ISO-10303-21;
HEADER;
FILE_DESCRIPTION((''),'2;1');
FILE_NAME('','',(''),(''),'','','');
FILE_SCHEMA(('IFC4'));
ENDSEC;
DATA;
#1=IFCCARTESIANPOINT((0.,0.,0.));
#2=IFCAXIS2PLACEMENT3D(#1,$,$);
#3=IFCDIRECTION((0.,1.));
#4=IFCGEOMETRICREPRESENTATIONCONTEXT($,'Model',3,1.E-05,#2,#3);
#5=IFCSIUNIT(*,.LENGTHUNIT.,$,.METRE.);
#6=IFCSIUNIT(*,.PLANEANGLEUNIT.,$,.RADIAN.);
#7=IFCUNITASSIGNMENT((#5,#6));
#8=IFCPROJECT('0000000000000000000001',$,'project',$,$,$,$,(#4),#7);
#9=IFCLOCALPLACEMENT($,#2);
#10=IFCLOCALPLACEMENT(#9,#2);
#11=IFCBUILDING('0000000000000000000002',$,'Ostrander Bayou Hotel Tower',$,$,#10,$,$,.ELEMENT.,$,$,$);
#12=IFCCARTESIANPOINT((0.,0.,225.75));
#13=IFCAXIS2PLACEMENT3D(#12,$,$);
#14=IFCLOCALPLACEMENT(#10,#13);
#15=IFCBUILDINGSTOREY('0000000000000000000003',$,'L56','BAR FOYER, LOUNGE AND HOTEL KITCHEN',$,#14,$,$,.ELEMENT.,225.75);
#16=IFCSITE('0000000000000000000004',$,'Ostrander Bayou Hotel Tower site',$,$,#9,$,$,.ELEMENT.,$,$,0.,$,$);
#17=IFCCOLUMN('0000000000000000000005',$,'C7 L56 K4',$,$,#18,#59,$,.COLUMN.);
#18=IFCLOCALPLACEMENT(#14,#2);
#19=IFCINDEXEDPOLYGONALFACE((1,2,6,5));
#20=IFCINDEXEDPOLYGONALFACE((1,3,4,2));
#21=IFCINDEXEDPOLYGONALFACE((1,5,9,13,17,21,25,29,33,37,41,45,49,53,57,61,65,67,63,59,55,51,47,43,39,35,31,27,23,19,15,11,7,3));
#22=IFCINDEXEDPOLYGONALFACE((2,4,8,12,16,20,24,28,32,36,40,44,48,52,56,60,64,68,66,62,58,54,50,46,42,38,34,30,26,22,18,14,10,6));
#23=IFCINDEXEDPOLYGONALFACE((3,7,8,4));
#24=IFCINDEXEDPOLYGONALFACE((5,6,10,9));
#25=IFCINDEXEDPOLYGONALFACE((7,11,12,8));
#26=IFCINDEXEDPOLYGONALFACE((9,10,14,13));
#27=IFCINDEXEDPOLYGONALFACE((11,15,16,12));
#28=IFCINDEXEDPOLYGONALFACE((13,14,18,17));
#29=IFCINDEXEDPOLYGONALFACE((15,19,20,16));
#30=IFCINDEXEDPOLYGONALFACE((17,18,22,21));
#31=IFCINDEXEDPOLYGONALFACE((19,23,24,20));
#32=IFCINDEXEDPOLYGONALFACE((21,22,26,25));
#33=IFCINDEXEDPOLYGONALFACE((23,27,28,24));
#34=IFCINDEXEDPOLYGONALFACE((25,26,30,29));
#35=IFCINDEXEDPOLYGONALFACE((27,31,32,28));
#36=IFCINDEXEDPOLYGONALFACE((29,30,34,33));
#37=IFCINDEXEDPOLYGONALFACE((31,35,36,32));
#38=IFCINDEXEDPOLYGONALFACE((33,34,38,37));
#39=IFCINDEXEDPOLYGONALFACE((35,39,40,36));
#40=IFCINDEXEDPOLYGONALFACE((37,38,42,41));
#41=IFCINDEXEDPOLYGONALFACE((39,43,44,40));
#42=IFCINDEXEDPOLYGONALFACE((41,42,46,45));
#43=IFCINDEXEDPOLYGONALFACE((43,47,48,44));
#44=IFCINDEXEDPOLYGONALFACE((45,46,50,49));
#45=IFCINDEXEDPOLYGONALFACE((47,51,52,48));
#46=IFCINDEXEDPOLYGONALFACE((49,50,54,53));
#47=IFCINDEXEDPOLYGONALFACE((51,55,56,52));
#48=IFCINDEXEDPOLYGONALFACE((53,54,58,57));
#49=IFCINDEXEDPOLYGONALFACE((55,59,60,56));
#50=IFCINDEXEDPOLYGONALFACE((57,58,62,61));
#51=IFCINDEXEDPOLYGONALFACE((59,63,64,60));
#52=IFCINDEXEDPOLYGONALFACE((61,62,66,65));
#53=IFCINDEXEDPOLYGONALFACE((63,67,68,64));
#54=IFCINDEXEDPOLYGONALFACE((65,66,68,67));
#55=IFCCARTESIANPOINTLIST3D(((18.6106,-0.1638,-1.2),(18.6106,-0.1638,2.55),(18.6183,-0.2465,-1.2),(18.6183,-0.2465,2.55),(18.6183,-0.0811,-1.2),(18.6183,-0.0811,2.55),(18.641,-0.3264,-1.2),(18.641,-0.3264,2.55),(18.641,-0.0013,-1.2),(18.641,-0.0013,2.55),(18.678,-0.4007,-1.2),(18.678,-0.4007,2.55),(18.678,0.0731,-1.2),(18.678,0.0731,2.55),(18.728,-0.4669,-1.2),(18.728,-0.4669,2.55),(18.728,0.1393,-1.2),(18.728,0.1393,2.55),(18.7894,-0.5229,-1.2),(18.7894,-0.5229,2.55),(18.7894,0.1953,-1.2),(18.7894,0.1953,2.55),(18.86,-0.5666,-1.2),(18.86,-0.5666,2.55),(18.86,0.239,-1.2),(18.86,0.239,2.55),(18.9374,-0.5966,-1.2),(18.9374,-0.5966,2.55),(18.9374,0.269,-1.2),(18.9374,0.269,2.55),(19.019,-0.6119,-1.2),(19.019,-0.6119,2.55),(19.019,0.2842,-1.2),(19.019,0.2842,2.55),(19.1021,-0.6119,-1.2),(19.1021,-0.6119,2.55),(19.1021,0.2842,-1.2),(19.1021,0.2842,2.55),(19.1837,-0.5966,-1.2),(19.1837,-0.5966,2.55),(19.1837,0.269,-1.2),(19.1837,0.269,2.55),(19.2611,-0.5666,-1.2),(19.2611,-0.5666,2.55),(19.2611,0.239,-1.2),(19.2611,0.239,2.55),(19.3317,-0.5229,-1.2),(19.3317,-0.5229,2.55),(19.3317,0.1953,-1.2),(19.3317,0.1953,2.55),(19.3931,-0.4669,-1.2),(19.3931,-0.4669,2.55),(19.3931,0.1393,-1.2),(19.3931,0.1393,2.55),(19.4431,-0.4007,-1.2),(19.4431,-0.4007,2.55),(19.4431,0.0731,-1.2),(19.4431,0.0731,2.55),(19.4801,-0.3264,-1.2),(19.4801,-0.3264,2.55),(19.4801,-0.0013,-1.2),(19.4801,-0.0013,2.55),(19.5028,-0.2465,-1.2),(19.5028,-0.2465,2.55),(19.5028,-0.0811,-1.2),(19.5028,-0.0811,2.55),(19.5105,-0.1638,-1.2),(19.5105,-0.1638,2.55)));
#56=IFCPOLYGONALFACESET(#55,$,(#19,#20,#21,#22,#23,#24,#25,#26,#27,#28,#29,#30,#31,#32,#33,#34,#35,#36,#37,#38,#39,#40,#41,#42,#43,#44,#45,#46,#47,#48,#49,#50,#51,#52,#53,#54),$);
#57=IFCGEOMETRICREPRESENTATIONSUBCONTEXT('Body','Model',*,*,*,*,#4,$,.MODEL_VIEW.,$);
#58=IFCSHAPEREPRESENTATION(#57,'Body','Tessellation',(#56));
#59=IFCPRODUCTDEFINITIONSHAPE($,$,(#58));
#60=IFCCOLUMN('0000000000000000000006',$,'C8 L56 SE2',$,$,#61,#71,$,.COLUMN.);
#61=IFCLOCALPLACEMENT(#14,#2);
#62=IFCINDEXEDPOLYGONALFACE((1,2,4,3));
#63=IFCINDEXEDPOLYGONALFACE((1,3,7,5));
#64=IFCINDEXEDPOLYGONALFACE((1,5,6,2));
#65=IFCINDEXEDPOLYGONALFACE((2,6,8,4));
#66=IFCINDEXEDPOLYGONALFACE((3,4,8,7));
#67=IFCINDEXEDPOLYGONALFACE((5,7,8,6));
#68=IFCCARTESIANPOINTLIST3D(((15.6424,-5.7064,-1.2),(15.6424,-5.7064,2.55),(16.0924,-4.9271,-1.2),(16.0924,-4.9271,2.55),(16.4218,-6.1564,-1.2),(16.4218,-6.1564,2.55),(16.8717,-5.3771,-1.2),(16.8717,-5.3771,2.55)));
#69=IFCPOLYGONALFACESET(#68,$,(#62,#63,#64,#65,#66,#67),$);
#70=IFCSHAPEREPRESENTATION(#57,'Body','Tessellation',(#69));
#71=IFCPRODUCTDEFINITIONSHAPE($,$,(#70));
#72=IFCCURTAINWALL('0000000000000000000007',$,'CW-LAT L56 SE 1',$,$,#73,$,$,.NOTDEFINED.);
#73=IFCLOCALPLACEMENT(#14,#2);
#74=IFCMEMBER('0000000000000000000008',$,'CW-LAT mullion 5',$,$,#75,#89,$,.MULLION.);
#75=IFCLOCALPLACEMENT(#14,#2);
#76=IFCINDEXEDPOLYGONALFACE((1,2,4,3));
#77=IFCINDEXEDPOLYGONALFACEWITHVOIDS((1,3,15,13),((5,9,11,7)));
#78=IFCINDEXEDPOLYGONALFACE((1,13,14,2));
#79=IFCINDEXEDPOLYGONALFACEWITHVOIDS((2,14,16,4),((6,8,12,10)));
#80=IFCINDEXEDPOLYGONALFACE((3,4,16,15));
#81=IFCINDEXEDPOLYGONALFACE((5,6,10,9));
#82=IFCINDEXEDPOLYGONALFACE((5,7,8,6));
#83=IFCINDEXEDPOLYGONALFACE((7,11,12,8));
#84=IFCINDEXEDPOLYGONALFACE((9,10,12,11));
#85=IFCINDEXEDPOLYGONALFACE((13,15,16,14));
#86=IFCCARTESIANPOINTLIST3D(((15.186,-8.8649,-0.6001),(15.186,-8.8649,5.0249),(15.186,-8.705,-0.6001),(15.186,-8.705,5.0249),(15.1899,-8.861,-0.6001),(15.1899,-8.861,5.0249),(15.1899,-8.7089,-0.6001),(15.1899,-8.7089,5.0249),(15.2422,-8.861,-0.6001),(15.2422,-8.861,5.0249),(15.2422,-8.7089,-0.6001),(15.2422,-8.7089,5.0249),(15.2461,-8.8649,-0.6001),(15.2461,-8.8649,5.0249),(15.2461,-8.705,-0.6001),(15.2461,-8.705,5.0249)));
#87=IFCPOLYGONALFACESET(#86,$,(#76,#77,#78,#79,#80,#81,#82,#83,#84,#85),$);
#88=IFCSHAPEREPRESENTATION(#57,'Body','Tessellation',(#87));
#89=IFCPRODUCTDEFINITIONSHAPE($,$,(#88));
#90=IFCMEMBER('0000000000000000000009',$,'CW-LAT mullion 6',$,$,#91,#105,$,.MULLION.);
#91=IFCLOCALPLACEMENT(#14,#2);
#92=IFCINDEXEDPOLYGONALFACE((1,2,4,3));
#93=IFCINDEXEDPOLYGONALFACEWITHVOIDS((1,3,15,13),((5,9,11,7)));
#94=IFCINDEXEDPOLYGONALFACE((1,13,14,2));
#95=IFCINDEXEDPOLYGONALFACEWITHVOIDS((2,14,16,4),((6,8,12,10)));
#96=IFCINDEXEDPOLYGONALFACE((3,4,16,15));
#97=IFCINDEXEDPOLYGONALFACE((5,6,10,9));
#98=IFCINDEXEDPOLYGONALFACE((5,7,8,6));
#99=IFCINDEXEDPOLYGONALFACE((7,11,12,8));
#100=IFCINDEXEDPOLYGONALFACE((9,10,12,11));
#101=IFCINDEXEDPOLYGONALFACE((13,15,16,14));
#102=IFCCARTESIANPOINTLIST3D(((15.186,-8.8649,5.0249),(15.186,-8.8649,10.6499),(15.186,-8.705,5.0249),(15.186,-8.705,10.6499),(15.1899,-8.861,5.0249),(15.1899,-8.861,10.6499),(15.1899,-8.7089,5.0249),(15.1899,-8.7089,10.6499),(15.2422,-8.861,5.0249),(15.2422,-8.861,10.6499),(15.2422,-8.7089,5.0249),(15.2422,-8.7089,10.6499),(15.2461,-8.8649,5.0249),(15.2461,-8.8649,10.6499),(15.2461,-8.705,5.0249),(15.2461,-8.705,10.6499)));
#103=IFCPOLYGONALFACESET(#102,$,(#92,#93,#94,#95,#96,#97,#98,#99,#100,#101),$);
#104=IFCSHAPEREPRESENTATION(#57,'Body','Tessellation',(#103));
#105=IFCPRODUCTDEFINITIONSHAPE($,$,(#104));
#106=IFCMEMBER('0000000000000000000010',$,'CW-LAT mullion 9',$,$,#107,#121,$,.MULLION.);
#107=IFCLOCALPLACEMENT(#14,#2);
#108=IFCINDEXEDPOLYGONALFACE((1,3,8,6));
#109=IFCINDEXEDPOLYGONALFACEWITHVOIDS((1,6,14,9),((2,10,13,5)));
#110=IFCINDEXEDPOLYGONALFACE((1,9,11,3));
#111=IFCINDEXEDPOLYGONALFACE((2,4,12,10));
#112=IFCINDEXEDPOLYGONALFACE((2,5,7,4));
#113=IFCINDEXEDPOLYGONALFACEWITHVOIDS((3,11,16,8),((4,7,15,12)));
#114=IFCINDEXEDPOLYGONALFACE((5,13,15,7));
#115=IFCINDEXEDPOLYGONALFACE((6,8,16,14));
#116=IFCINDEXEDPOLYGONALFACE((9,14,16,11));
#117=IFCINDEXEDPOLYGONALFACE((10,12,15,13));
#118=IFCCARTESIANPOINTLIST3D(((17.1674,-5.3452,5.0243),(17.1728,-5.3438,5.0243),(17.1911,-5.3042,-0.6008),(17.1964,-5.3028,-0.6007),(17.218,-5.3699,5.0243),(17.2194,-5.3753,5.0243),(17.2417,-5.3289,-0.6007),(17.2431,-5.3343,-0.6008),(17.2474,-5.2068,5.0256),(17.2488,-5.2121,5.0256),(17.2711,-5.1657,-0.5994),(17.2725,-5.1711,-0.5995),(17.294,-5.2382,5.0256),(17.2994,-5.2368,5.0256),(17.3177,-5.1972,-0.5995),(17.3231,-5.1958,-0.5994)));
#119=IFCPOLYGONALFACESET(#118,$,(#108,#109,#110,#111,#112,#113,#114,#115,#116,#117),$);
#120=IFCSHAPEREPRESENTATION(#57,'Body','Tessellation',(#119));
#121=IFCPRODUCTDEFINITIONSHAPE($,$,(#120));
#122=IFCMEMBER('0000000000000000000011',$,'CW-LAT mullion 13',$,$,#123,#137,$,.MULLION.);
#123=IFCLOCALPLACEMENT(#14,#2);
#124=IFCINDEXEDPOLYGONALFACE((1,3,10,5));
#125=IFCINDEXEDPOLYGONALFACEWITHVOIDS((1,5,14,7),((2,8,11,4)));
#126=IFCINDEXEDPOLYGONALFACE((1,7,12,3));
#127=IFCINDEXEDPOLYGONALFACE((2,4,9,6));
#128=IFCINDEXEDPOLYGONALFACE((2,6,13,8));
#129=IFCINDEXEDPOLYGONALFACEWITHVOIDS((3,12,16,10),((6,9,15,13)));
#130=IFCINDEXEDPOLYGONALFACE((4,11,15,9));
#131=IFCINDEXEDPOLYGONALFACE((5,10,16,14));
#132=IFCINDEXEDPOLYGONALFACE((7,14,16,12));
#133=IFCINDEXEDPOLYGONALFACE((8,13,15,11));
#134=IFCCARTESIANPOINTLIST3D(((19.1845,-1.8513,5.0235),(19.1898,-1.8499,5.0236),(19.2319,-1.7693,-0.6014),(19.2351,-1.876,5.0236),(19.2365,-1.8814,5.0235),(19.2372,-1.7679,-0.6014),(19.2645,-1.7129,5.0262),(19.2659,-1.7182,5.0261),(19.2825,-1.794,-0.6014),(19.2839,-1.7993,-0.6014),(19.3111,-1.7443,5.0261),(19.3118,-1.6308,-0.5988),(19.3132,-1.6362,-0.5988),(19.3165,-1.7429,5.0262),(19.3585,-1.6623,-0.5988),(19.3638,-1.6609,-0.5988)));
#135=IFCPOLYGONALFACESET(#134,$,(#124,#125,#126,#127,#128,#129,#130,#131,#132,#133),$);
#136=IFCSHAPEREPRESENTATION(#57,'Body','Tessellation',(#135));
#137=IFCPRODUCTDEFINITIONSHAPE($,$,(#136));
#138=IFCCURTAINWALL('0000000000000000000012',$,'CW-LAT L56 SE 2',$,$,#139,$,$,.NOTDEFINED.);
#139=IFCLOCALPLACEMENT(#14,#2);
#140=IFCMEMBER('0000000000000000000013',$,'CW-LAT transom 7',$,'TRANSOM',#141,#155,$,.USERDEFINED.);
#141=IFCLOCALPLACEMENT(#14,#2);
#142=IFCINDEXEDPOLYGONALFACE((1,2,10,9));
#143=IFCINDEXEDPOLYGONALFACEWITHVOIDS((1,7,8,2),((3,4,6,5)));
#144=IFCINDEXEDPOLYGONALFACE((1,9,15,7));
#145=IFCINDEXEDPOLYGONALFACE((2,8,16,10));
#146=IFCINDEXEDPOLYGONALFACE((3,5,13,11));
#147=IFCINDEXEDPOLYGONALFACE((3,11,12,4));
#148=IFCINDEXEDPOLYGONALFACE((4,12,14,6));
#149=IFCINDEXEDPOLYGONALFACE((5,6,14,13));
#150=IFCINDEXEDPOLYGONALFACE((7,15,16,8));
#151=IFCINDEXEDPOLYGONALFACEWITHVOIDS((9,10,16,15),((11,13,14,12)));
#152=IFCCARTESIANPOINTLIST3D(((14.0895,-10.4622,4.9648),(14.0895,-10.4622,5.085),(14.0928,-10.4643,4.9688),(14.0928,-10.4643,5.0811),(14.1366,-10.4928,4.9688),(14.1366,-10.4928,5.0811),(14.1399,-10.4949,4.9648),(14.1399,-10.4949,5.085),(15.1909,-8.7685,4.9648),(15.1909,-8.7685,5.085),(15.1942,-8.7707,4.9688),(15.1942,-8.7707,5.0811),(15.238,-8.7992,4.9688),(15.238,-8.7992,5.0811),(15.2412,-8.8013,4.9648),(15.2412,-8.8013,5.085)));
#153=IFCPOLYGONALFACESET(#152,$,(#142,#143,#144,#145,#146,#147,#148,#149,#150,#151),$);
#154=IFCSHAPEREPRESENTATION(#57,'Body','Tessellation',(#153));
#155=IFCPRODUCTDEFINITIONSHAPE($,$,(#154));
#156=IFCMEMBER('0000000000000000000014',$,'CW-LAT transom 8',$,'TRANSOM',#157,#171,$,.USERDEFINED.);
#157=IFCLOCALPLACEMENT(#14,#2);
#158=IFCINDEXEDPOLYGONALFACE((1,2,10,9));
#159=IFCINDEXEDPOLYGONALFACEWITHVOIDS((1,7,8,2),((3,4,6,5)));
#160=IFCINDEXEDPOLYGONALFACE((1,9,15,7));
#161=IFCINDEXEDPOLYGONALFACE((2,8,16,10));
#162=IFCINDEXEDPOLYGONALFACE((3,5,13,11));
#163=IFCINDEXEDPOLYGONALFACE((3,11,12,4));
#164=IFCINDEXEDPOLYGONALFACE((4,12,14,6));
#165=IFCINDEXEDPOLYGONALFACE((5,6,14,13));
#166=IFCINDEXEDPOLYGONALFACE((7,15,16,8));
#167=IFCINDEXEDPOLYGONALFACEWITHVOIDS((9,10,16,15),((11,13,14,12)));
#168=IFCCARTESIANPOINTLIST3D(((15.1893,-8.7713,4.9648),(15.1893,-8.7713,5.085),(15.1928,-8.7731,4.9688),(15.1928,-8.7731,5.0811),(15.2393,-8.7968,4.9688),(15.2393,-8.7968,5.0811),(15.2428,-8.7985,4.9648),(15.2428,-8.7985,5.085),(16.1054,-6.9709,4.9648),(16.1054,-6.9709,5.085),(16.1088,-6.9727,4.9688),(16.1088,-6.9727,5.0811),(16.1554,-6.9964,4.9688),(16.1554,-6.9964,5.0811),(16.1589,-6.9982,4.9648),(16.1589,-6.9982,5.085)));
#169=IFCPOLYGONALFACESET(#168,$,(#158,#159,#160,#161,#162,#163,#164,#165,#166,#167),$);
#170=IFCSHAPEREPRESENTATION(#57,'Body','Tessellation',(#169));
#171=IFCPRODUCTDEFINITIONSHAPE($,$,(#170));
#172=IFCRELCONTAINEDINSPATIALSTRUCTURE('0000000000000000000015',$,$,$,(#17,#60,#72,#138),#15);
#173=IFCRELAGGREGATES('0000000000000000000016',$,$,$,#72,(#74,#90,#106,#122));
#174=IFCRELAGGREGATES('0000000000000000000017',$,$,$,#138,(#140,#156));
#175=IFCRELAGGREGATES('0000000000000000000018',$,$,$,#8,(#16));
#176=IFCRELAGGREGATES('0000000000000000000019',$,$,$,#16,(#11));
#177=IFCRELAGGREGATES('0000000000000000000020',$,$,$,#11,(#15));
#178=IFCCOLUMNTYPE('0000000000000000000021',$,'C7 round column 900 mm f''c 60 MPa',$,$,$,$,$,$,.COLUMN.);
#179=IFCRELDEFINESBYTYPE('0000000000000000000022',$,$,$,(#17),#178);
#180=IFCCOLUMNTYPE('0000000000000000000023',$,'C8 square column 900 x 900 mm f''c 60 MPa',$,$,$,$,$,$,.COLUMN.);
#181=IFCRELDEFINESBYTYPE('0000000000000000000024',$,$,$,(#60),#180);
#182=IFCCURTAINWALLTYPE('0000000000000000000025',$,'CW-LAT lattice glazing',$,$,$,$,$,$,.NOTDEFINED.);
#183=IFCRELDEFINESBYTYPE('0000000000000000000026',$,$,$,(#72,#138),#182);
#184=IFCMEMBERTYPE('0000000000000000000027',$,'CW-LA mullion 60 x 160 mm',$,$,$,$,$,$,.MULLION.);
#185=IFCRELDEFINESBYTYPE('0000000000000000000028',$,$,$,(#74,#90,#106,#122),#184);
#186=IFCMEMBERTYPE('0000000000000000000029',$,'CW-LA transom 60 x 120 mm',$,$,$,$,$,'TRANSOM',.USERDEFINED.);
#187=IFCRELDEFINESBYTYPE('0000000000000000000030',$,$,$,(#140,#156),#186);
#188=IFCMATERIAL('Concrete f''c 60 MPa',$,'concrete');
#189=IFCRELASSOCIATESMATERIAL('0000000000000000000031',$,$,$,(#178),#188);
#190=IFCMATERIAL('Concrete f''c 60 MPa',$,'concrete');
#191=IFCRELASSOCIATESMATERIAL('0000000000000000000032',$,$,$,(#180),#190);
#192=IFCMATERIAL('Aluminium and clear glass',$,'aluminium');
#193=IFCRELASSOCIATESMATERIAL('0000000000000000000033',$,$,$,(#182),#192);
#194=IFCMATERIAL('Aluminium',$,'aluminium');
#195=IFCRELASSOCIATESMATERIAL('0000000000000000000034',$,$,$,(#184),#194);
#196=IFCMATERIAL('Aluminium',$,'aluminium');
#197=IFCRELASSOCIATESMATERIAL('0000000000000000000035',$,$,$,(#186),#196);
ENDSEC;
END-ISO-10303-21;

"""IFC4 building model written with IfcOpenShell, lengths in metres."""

from ifc_helpers import new_model, si_unit, direction, frame, origin, origin_2d, place, context, subcontext, project, spatial, rectangle, hollow_rectangle, circle, extrude, material, material_profile, profile_set, type_object, element, aggregate, save


model = new_model("IFC4")

# Units and contexts
model_context = context("Model", 3, precision=1e-05, world=origin(), true_north=direction((0.0, 1.0)))
body_context = subcontext(model_context, "Body", "Model", "MODEL_VIEW")
ifc_project = project(units=[si_unit("LENGTHUNIT", "METRE"), si_unit("PLANEANGLEUNIT", "RADIAN")], contexts=[model_context])

# Site, building, storey
site_placement = place(None, origin())
site = spatial("IfcSite", under=ifc_project, at=site_placement, Name="Ostrander Bayou Hotel Tower site", CompositionType="ELEMENT", RefElevation=0.0)
building_placement = place(site_placement, origin())
building = spatial("IfcBuilding", under=site, at=building_placement, Name="Ostrander Bayou Hotel Tower", CompositionType="ELEMENT")
storey_placement = place(building_placement, frame((0.0, 0.0, 225.75)))
storey = spatial("IfcBuildingStorey", under=building, at=storey_placement, Name="L56", Description="BAR FOYER, LOUNGE AND HOTEL KITCHEN", CompositionType="ELEMENT", Elevation=225.75)

# Columns
ifc_material_1 = material(Name="Concrete f'c 60 MPa", Category="concrete")
ifc_material_profile_1 = material_profile(ifc_material_1, circle(Radius=0.45, at=origin_2d()))
ifc_profile_set_1 = profile_set([ifc_material_profile_1], Name="Concrete f'c 60 MPa")
column_type_1 = type_object("IfcColumnType", Name="C7 round column 900 mm f'c 60 MPa", PredefinedType="COLUMN", material=ifc_profile_set_1)
column_1_placement = place(storey_placement, frame((19.0605, -0.1638, -1.2), z_axis=(0.0, 0.0, 1.0), x_axis=(1.0, 0.0, 0.0)))
element("IfcColumn", 1, at=column_1_placement, inside=storey, type_object=column_type_1, Name="C7 L56 K4", PredefinedType="COLUMN", context=body_context, shape_type="SweptSolid", body=[
    extrude(circle(Radius=0.45, at=origin_2d()), origin(), (0.0, 0.0, 1.0), 3.75),
])
ifc_material_2 = material(Name="Concrete f'c 60 MPa", Category="concrete")
ifc_material_profile_2 = material_profile(ifc_material_2, rectangle(XDim=0.8999, YDim=0.8999, at=origin_2d()))
ifc_profile_set_2 = profile_set([ifc_material_profile_2], Name="Concrete f'c 60 MPa")
column_type_2 = type_object("IfcColumnType", Name="C8 square column 900 x 900 mm f'c 60 MPa", PredefinedType="COLUMN", material=ifc_profile_set_2)
column_2_placement = place(storey_placement, frame((16.2571, -5.5417, -1.2), z_axis=(0.0, 0.0, 1.0), x_axis=(-0.5, -0.866025, 0.0)))
element("IfcColumn", 2, at=column_2_placement, inside=storey, type_object=column_type_2, Name="C8 L56 SE2", PredefinedType="COLUMN", context=body_context, shape_type="SweptSolid", body=[
    extrude(rectangle(XDim=0.8999, YDim=0.8999, at=origin_2d()), origin(), (0.0, 0.0, 1.0), 3.75),
])

# Curtain walls, members
ifc_material_3 = material(Name="Aluminium and clear glass", Category="aluminium")
curtain_wall_type = type_object("IfcCurtainWallType", Name="CW-LAT lattice glazing", PredefinedType="NOTDEFINED", material=ifc_material_3)
curtain_wall_1_placement = place(storey_placement, origin())
curtain_wall_1 = element("IfcCurtainWall", 3, at=curtain_wall_1_placement, inside=storey, type_object=curtain_wall_type, Name="CW-LAT L56 SE 1", PredefinedType="NOTDEFINED")
ifc_material_4 = material(Name="Aluminium", Category="aluminium")
ifc_material_profile_3 = material_profile(ifc_material_4, hollow_rectangle(XDim=0.0601, YDim=0.1599, WallThickness=0.0039, at=origin_2d()))
ifc_profile_set_3 = profile_set([ifc_material_profile_3], Name="Aluminium")
member_type_1 = type_object("IfcMemberType", Name="CW-LA mullion 60 x 160 mm", PredefinedType="MULLION", material=ifc_profile_set_3)
member_1_placement = place(storey_placement, frame((15.2161, -8.7849, -0.6001), z_axis=(0.0, 0.0, 1.0), x_axis=(1.0, 0.0, 0.0)))
member_1 = element("IfcMember", 4, at=member_1_placement, type_object=member_type_1, Name="CW-LAT mullion 5", PredefinedType="MULLION", context=body_context, shape_type="SweptSolid", body=[
    extrude(hollow_rectangle(XDim=0.0601, YDim=0.1599, WallThickness=0.0039, at=origin_2d()), origin(), (0.0, 0.0, 1.0), 5.625),
])
member_2_placement = place(storey_placement, frame((15.2161, -8.7849, 5.0249), z_axis=(0.0, 0.0, 1.0), x_axis=(1.0, 0.0, 0.0)))
member_2 = element("IfcMember", 5, at=member_2_placement, type_object=member_type_1, Name="CW-LAT mullion 6", PredefinedType="MULLION", context=body_context, shape_type="SweptSolid", body=[
    extrude(hollow_rectangle(XDim=0.0601, YDim=0.1599, WallThickness=0.0039, at=origin_2d()), origin(), (0.0, 0.0, 1.0), 5.625),
])
member_3_placement = place(storey_placement, frame((17.2571, -5.25, -0.6001), z_axis=(-0.00421, -0.007291, 0.999965), x_axis=(0.866014, -0.50002, 0.0)))
member_3 = element("IfcMember", 6, at=member_3_placement, type_object=member_type_1, Name="CW-LAT mullion 9", PredefinedType="MULLION", context=body_context, shape_type="SweptSolid", body=[
    extrude(hollow_rectangle(XDim=0.0601, YDim=0.1599, WallThickness=0.0039, at=origin_2d()), origin(), (0.0, 0.0, 1.0), 5.6252),
])
member_4_placement = place(storey_placement, frame((19.2979, -1.7151, -0.6001), z_axis=(-0.008419, -0.014581, 0.999858), x_axis=(0.866014, -0.50002, 0.0)))
member_4 = element("IfcMember", 7, at=member_4_placement, type_object=member_type_1, Name="CW-LAT mullion 13", PredefinedType="MULLION", context=body_context, shape_type="SweptSolid", body=[
    extrude(hollow_rectangle(XDim=0.0601, YDim=0.1599, WallThickness=0.0039, at=origin_2d()), origin(), (0.0, 0.0, 1.0), 5.6257),
])
curtain_wall_2_placement = place(storey_placement, origin())
curtain_wall_2 = element("IfcCurtainWall", 8, at=curtain_wall_2_placement, inside=storey, type_object=curtain_wall_type, Name="CW-LAT L56 SE 2", PredefinedType="NOTDEFINED")
ifc_material_5 = material(Name="Aluminium", Category="aluminium")
ifc_material_profile_4 = material_profile(ifc_material_5, hollow_rectangle(XDim=0.0601, YDim=0.1201, WallThickness=0.0039, at=origin_2d()))
ifc_profile_set_4 = profile_set([ifc_material_profile_4], Name="Aluminium")
member_type_2 = type_object("IfcMemberType", Name="CW-LA transom 60 x 120 mm", ElementType="TRANSOM", PredefinedType="USERDEFINED", material=ifc_profile_set_4)
member_5_placement = place(storey_placement, frame((15.2161, -8.7849, 5.0249), z_axis=(-0.545154, -0.838336, 0.0), x_axis=(0.838336, -0.545154, 0.0)))
member_5 = element("IfcMember", 9, at=member_5_placement, type_object=member_type_2, Name="CW-LAT transom 7", ObjectType="TRANSOM", PredefinedType="USERDEFINED", context=body_context, shape_type="SweptSolid", body=[
    extrude(hollow_rectangle(XDim=0.0601, YDim=0.1201, WallThickness=0.0039, at=origin_2d()), origin(), (0.0, 0.0, 1.0), 2.0203),
])
member_6_placement = place(storey_placement, frame((15.2161, -8.7849, 5.0249), z_axis=(0.453488, 0.891263, 0.0), x_axis=(-0.891263, 0.453488, 0.0)))
member_6 = element("IfcMember", 10, at=member_6_placement, type_object=member_type_2, Name="CW-LAT transom 8", ObjectType="TRANSOM", PredefinedType="USERDEFINED", context=body_context, shape_type="SweptSolid", body=[
    extrude(hollow_rectangle(XDim=0.0601, YDim=0.1201, WallThickness=0.0039, at=origin_2d()), origin(), (0.0, 0.0, 1.0), 2.02),
])

aggregate(curtain_wall_1, [member_1, member_2, member_3, member_4])
aggregate(curtain_wall_2, [member_5, member_6])

save(model, "model.ifc")
